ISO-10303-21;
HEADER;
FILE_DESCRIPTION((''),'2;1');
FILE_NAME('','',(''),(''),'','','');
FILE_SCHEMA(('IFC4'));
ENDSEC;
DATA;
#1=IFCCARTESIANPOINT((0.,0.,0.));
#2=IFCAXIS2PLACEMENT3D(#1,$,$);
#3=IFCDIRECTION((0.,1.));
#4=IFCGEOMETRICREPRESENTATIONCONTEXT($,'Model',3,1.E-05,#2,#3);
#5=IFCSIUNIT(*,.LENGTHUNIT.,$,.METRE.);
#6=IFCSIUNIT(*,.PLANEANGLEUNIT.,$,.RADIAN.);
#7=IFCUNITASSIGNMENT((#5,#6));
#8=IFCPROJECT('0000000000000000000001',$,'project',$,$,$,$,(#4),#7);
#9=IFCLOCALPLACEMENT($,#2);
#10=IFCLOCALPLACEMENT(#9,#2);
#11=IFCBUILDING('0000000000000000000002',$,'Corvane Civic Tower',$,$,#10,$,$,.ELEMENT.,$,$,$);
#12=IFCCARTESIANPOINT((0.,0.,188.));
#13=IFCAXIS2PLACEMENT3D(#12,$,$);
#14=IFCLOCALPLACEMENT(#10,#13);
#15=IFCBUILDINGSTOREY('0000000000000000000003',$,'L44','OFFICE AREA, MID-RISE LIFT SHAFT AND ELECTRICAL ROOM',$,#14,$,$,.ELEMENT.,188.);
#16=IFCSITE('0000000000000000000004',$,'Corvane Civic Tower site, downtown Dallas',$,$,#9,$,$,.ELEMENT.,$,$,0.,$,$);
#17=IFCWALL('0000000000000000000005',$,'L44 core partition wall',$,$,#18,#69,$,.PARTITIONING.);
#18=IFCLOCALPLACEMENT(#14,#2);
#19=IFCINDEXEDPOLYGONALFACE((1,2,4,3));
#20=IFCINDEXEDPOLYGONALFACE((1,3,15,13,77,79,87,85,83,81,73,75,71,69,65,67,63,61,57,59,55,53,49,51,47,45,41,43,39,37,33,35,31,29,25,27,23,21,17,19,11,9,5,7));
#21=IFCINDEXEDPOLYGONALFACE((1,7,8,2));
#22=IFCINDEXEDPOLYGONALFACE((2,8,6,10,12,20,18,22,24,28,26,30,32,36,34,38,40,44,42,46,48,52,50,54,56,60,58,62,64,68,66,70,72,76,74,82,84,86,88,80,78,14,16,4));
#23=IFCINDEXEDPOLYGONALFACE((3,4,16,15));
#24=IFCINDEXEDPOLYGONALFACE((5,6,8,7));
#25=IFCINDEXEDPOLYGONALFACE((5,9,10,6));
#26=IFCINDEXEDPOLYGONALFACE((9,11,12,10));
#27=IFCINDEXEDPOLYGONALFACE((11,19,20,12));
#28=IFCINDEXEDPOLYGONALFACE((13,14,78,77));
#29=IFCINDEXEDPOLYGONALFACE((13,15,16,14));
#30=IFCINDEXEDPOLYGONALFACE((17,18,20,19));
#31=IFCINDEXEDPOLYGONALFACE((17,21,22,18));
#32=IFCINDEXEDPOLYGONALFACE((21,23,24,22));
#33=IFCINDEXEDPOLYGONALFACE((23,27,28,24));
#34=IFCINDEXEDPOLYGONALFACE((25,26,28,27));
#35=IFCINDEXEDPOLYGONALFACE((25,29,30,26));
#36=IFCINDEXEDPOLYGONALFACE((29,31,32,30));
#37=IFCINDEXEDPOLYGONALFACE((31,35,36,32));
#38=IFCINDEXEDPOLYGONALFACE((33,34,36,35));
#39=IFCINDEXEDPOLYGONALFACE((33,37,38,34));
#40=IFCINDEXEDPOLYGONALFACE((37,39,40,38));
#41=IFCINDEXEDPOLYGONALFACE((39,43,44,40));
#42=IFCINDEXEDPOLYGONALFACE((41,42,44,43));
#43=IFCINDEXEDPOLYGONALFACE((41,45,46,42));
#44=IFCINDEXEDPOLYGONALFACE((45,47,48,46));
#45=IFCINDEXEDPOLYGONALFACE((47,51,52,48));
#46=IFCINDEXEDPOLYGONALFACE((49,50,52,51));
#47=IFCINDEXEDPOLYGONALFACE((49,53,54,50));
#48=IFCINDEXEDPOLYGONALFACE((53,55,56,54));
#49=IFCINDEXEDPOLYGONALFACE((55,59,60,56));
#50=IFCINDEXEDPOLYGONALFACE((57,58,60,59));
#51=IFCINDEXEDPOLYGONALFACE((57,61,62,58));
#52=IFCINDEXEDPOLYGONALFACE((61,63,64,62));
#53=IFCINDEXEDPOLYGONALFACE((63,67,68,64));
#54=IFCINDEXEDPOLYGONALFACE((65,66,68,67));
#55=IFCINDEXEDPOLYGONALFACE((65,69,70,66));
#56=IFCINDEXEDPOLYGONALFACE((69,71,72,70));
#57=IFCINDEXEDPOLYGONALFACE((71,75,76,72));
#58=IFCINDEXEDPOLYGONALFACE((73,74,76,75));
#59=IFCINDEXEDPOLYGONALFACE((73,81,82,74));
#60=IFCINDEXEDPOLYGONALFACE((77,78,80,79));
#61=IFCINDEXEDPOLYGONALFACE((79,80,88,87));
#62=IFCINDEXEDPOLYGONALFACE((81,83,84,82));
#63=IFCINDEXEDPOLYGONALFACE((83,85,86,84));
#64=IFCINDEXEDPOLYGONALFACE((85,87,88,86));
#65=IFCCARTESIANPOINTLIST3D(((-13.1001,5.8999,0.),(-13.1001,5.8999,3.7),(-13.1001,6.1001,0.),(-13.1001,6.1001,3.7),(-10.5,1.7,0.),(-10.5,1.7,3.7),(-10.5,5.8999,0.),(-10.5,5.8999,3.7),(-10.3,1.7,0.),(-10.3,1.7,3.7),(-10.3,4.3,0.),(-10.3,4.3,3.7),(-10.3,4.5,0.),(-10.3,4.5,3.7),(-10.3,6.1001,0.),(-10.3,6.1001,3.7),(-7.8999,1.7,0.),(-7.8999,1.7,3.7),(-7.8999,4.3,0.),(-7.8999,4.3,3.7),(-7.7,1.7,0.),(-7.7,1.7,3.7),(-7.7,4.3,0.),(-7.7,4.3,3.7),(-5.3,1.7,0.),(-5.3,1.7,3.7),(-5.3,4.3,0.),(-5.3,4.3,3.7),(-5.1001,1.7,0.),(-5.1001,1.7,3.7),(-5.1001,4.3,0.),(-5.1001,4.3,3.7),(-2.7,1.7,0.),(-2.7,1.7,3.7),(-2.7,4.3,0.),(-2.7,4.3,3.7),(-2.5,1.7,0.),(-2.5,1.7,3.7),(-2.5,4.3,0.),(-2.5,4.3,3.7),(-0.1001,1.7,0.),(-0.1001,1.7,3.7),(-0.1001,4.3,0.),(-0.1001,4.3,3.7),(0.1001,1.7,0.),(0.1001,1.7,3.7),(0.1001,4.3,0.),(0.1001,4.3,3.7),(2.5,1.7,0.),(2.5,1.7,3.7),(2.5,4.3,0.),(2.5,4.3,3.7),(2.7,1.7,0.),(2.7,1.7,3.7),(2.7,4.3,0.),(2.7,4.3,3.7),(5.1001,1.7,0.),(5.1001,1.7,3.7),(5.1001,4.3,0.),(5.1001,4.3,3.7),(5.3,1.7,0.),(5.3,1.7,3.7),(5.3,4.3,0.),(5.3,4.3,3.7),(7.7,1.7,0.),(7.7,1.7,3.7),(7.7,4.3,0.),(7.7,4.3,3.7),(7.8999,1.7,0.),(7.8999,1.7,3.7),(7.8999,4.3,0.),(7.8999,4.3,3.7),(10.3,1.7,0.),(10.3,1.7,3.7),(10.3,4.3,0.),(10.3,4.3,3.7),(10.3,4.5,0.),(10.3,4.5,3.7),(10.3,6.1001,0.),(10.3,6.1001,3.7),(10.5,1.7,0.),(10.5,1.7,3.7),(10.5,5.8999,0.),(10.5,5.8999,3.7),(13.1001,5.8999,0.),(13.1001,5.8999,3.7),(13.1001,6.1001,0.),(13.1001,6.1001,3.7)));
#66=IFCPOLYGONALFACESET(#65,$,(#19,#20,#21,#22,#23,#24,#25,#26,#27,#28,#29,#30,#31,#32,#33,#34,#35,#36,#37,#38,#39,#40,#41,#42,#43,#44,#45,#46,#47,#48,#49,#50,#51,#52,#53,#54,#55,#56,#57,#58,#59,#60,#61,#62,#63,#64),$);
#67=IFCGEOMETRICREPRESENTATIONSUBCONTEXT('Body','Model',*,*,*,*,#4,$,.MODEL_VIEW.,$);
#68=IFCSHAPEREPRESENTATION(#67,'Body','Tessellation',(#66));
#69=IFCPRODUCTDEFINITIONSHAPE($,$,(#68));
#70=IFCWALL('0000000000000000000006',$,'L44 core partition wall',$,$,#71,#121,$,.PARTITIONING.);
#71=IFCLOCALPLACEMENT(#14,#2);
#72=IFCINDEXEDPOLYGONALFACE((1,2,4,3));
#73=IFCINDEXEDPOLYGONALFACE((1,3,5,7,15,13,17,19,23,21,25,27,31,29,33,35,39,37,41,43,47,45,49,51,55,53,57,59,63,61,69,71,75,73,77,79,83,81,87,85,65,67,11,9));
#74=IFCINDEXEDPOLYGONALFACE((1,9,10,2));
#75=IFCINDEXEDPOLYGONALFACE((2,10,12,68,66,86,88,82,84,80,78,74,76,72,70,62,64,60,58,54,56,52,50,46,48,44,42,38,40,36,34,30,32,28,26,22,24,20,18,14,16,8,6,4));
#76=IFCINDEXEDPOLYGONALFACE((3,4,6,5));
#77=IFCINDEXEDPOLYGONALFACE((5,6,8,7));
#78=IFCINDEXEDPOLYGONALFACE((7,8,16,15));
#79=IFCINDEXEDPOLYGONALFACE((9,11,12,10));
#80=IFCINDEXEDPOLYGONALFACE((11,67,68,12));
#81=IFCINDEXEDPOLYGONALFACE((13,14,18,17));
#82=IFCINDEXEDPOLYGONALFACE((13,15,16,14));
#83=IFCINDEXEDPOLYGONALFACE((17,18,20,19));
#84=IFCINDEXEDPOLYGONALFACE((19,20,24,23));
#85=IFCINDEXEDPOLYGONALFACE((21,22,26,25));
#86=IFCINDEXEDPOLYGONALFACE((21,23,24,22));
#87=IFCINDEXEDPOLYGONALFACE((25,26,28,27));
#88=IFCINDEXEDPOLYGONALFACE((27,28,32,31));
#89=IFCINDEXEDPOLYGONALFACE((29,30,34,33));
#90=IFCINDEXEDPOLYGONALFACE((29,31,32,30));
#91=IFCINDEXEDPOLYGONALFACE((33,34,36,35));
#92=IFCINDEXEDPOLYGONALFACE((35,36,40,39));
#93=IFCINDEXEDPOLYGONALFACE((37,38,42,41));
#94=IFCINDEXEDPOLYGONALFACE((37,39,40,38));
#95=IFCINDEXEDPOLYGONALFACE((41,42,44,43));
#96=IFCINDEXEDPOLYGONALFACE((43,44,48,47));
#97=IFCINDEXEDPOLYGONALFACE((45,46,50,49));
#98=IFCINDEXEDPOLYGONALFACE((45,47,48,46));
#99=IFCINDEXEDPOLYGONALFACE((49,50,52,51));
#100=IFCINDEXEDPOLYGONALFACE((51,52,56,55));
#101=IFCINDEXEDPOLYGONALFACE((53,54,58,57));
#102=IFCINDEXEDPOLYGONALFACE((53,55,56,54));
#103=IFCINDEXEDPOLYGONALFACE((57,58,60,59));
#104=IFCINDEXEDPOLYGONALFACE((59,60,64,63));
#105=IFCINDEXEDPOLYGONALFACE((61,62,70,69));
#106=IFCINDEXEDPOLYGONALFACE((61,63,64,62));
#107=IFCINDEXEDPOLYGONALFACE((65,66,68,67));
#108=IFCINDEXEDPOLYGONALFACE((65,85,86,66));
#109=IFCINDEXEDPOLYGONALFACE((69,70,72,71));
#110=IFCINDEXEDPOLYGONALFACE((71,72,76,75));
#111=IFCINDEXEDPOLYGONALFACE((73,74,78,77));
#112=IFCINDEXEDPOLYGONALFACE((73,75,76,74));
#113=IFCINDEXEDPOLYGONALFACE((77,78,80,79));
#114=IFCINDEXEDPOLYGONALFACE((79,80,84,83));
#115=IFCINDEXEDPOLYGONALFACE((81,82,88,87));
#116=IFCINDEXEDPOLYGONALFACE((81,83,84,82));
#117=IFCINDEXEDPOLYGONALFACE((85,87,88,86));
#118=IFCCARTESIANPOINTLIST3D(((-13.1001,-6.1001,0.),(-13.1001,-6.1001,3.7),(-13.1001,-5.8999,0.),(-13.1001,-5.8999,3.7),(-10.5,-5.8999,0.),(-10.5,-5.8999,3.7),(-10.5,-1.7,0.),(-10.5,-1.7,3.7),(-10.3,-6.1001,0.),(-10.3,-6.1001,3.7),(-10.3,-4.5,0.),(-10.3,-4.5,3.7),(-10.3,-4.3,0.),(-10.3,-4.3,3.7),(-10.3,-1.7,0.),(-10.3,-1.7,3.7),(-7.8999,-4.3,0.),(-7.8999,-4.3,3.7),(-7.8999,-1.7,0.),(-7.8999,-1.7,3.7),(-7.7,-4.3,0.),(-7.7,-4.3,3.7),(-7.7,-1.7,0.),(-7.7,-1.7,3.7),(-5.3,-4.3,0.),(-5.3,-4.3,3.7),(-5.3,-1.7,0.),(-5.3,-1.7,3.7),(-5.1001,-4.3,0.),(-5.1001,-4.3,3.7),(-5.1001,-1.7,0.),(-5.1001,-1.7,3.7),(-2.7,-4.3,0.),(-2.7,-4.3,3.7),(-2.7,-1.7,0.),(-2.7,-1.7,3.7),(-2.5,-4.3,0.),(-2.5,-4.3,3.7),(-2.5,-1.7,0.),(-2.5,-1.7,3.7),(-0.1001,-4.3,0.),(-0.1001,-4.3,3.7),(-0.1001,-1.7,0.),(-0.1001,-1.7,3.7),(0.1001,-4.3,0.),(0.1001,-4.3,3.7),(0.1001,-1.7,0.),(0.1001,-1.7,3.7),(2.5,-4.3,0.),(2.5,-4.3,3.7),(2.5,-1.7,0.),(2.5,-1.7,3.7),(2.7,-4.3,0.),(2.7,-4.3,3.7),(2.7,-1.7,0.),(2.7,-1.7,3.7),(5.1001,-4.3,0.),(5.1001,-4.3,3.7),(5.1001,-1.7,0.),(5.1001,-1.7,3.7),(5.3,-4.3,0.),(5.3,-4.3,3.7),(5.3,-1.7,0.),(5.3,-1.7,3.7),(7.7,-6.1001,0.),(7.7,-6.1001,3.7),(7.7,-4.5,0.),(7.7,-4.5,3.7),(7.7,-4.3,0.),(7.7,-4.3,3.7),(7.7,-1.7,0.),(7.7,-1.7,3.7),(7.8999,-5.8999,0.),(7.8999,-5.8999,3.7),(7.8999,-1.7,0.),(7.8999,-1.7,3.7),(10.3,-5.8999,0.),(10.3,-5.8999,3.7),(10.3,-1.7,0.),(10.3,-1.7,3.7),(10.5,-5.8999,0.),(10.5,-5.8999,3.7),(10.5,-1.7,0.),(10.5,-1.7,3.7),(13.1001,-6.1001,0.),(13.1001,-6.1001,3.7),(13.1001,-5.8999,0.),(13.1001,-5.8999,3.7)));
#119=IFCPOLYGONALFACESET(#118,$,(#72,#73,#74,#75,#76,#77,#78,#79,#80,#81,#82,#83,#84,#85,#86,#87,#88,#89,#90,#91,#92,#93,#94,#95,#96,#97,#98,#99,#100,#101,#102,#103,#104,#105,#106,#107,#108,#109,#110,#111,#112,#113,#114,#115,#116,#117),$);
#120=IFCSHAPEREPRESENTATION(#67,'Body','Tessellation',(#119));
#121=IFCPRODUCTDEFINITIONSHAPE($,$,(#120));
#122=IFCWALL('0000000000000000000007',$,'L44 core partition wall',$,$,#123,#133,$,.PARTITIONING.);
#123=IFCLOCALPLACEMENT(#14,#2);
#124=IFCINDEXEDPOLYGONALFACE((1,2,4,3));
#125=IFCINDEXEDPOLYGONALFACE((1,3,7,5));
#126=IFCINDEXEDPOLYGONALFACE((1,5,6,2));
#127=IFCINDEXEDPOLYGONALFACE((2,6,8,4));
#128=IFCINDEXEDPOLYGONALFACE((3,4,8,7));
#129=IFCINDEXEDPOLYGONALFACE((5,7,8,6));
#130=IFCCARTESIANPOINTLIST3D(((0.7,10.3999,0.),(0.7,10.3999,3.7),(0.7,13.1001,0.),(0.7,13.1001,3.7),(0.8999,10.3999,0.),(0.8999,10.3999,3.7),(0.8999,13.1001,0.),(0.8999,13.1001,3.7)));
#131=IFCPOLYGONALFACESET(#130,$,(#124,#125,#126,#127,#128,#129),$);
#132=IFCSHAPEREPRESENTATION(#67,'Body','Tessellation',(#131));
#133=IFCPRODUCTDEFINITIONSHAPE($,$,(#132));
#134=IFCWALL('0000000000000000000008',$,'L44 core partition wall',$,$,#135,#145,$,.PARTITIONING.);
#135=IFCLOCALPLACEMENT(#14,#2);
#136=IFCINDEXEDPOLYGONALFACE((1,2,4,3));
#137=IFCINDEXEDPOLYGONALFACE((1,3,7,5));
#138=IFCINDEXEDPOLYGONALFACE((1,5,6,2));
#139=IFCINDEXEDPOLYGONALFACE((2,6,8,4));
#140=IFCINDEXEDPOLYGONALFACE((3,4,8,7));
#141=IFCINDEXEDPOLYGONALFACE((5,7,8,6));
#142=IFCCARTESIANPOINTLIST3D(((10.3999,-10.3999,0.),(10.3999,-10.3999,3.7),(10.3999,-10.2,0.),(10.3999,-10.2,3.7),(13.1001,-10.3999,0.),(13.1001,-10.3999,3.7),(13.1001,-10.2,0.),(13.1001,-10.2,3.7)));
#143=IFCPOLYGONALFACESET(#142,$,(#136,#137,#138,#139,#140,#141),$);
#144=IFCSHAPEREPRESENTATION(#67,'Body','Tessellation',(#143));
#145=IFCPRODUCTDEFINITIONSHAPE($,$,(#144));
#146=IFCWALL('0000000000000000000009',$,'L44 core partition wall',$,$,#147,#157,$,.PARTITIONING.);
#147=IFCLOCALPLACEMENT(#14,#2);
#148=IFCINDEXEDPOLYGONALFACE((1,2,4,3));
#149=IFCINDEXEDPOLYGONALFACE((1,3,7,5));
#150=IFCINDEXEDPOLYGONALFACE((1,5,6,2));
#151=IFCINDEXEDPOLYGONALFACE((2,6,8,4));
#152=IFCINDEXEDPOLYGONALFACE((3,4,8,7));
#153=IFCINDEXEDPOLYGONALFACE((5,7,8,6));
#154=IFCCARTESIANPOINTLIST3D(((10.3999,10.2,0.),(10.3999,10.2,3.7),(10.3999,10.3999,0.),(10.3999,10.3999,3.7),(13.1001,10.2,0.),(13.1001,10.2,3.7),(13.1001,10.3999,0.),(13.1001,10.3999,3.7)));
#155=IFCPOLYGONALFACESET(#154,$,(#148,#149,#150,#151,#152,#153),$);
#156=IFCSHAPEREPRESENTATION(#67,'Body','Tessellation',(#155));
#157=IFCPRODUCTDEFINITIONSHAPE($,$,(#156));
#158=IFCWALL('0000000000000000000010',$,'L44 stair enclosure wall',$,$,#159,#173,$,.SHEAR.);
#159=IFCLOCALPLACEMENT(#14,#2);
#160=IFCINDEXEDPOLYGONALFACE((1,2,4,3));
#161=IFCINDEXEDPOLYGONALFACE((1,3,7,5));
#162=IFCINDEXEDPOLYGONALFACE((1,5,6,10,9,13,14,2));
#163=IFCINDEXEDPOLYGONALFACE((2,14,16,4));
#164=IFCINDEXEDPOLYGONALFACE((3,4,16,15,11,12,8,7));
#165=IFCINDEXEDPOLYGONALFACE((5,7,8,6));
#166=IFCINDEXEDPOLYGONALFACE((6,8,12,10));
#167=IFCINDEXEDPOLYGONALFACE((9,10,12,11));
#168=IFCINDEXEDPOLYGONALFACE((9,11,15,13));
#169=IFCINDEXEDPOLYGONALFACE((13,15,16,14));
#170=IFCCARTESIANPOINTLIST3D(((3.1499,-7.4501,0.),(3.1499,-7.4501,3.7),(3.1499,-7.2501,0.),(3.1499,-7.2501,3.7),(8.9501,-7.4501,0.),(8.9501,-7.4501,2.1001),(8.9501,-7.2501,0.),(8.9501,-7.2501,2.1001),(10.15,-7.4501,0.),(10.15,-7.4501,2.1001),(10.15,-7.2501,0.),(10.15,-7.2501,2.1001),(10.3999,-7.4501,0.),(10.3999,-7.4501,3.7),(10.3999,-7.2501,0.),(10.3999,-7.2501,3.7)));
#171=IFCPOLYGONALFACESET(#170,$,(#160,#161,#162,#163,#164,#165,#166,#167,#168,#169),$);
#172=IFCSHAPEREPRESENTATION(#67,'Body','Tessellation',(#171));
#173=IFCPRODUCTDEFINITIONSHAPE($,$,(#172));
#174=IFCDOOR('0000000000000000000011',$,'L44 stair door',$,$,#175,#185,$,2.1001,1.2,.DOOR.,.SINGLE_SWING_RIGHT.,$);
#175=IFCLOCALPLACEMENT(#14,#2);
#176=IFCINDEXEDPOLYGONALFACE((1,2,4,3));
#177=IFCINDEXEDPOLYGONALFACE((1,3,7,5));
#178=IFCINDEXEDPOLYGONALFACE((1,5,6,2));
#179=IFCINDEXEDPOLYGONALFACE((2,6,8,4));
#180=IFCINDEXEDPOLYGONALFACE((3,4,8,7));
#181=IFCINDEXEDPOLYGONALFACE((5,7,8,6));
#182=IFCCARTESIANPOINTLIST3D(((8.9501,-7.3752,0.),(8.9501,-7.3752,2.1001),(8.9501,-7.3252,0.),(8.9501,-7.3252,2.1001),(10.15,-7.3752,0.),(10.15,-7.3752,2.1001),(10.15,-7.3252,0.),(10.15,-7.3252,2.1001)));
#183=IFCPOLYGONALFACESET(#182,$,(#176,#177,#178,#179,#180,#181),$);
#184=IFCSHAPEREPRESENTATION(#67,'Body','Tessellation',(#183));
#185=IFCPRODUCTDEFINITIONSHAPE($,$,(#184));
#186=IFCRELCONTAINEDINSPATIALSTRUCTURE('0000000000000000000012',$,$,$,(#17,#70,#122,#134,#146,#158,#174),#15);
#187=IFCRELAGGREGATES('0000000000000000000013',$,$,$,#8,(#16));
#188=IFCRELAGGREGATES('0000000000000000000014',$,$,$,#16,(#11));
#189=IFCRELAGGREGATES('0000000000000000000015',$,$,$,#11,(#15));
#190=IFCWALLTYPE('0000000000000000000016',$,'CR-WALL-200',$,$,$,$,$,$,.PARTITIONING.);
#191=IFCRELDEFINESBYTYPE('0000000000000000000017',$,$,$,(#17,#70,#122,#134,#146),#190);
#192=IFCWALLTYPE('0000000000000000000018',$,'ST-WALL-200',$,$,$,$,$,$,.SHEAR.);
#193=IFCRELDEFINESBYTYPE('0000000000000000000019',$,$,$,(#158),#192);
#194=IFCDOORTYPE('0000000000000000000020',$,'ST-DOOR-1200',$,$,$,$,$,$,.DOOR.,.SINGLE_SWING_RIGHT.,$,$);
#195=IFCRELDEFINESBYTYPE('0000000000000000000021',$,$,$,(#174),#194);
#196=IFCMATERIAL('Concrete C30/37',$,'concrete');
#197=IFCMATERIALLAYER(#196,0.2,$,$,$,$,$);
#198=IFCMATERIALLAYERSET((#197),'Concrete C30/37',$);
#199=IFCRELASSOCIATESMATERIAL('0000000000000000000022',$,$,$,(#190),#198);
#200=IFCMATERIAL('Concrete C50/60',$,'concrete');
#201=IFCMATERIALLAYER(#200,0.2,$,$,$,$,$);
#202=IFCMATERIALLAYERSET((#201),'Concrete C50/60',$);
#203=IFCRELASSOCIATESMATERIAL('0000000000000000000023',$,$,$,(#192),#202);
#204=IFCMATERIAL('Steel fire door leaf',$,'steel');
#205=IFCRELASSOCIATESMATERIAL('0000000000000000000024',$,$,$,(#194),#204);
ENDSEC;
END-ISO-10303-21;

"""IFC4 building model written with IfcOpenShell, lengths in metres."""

from ifc_helpers import new_model, si_unit, direction, frame, frame_2d, origin, place, context, subcontext, project, spatial, polyline, rectangle, outline, extrude, material, layer, layer_set, type_object, element, fill, save


model = new_model("IFC4")

# Units and contexts
model_context = context("Model", 3, precision=1e-05, world=origin(), true_north=direction((0.0, 1.0)))
body_context = subcontext(model_context, "Body", "Model", "MODEL_VIEW")
ifc_project = project(units=[si_unit("LENGTHUNIT", "METRE"), si_unit("PLANEANGLEUNIT", "RADIAN")], contexts=[model_context])

# Site, building, storey
site_placement = place(None, origin())
site = spatial("IfcSite", under=ifc_project, at=site_placement, Name="Corvane Civic Tower site, downtown Dallas", CompositionType="ELEMENT", RefElevation=0.0)
building_placement = place(site_placement, origin())
building = spatial("IfcBuilding", under=site, at=building_placement, Name="Corvane Civic Tower", CompositionType="ELEMENT")
storey_placement = place(building_placement, frame((0.0, 0.0, 188.0)))
storey = spatial("IfcBuildingStorey", under=building, at=storey_placement, Name="L44", Description="OFFICE AREA, MID-RISE LIFT SHAFT AND ELECTRICAL ROOM", CompositionType="ELEMENT", Elevation=188.0)

# Shared definitions
ifc_material_1 = material(Name="Concrete C30/37", Category="concrete")
ifc_layer_1 = layer(ifc_material_1, 0.2)
ifc_layer_set_1 = layer_set([ifc_layer_1], Name="Concrete C30/37")
wall_type_1 = type_object("IfcWallType", Name="CR-WALL-200", PredefinedType="PARTITIONING", material=ifc_layer_set_1)

# Walls
wall_1_placement = place(storey_placement, origin())
element("IfcWall", 1, at=wall_1_placement, inside=storey, type_object=wall_type_1, Name="L44 core partition wall", PredefinedType="PARTITIONING", context=body_context, shape_type="SweptSolid", body=[
    extrude(outline(polyline([(-7.7, 1.7), (-7.8999, 1.7), (-7.8999, 4.3), (-10.3, 4.3), (-10.3, 1.7), (-10.5, 1.7), (-10.5, 5.8999), (-13.1001, 5.8999), (-13.1001, 6.1001), (-10.3, 6.1001), (-10.3, 4.5), (10.3, 4.5), (10.3, 6.1001), (13.1001, 6.1001), (13.1001, 5.8999), (10.5, 5.8999), (10.5, 1.7), (10.3, 1.7), (10.3, 4.3), (7.8999, 4.3), (7.8999, 1.7), (7.7, 1.7), (7.7, 4.3), (5.3, 4.3), (5.3, 1.7), (5.1001, 1.7), (5.1001, 4.3), (2.7, 4.3), (2.7, 1.7), (2.5, 1.7), (2.5, 4.3), (0.1001, 4.3), (0.1001, 1.7), (-0.1001, 1.7), (-0.1001, 4.3), (-2.5, 4.3), (-2.5, 1.7), (-2.7, 1.7), (-2.7, 4.3), (-5.1001, 4.3), (-5.1001, 1.7), (-5.3, 1.7), (-5.3, 4.3), (-7.7, 4.3), (-7.7, 1.7)])), origin(), (0.0, 0.0, 1.0), 3.7),
])
wall_2_placement = place(storey_placement, origin())
element("IfcWall", 2, at=wall_2_placement, inside=storey, type_object=wall_type_1, Name="L44 core partition wall", PredefinedType="PARTITIONING", context=body_context, shape_type="SweptSolid", body=[
    extrude(outline(polyline([(-10.5, -1.7), (-10.3, -1.7), (-10.3, -4.3), (-7.8999, -4.3), (-7.8999, -1.7), (-7.7, -1.7), (-7.7, -4.3), (-5.3, -4.3), (-5.3, -1.7), (-5.1001, -1.7), (-5.1001, -4.3), (-2.7, -4.3), (-2.7, -1.7), (-2.5, -1.7), (-2.5, -4.3), (-0.1001, -4.3), (-0.1001, -1.7), (0.1001, -1.7), (0.1001, -4.3), (2.5, -4.3), (2.5, -1.7), (2.7, -1.7), (2.7, -4.3), (5.1001, -4.3), (5.1001, -1.7), (5.3, -1.7), (5.3, -4.3), (7.7, -4.3), (7.7, -1.7), (7.8999, -1.7), (7.8999, -5.8999), (10.3, -5.8999), (10.3, -1.7), (10.5, -1.7), (10.5, -5.8999), (13.1001, -5.8999), (13.1001, -6.1001), (7.7, -6.1001), (7.7, -4.5), (-10.3, -4.5), (-10.3, -6.1001), (-13.1001, -6.1001), (-13.1001, -5.8999), (-10.5, -5.8999), (-10.5, -1.7)])), origin(), (0.0, 0.0, 1.0), 3.7),
])
wall_3_placement = place(storey_placement, origin())
element("IfcWall", 3, at=wall_3_placement, inside=storey, type_object=wall_type_1, Name="L44 core partition wall", PredefinedType="PARTITIONING", context=body_context, shape_type="SweptSolid", body=[
    extrude(outline(polyline([(0.8999, 10.3999), (0.7, 10.3999), (0.7, 13.1001), (0.8999, 13.1001), (0.8999, 10.3999)])), origin(), (0.0, 0.0, 1.0), 3.7),
])
wall_4_placement = place(storey_placement, origin())
element("IfcWall", 4, at=wall_4_placement, inside=storey, type_object=wall_type_1, Name="L44 core partition wall", PredefinedType="PARTITIONING", context=body_context, shape_type="SweptSolid", body=[
    extrude(outline(polyline([(10.3999, -10.3999), (10.3999, -10.2), (13.1001, -10.2), (13.1001, -10.3999), (10.3999, -10.3999)])), origin(), (0.0, 0.0, 1.0), 3.7),
])
wall_5_placement = place(storey_placement, origin())
element("IfcWall", 5, at=wall_5_placement, inside=storey, type_object=wall_type_1, Name="L44 core partition wall", PredefinedType="PARTITIONING", context=body_context, shape_type="SweptSolid", body=[
    extrude(outline(polyline([(10.3999, 10.2), (10.3999, 10.3999), (13.1001, 10.3999), (13.1001, 10.2), (10.3999, 10.2)])), origin(), (0.0, 0.0, 1.0), 3.7),
])

# Wall, opening, door
ifc_material_2 = material(Name="Concrete C50/60", Category="concrete")
ifc_layer_2 = layer(ifc_material_2, 0.2)
ifc_layer_set_2 = layer_set([ifc_layer_2], Name="Concrete C50/60")
wall_type_2 = type_object("IfcWallType", Name="ST-WALL-200", PredefinedType="SHEAR", material=ifc_layer_set_2)
wall_6_placement = place(storey_placement, frame((3.1499, -7.3501, 0.0), z_axis=(0.0, 0.0, 1.0), x_axis=(1.0, 0.0, 0.0)))
wall_6 = element("IfcWall", 6, at=wall_6_placement, inside=storey, type_object=wall_type_2, Name="L44 stair enclosure wall", PredefinedType="SHEAR", context=body_context, shape_type="SweptSolid", body=[
    extrude(rectangle(XDim=7.25, YDim=0.2, at=frame_2d((3.625, 0.0))), origin(), (0.0, 0.0, 1.0), 3.7),
])
opening_1_placement = place(wall_6_placement, frame((5.8, 0.0, 0.0)))
opening_1 = element("IfcOpeningElement", 7, at=opening_1_placement, cuts=wall_6, PredefinedType="OPENING", context=body_context, shape_type="SweptSolid", body=[
    extrude(rectangle(XDim=1.2, YDim=2.1001, at=frame_2d((0.6001, 1.05))), frame((0.0, 0.1099, 0.0), z_axis=(0.0, -1.0, 0.0), x_axis=(1.0, 0.0, 0.0)), (0.0, 0.0, 1.0), 0.22),
])
ifc_material_3 = material(Name="Steel fire door leaf", Category="steel")
door_type_1 = type_object("IfcDoorType", Name="ST-DOOR-1200", OperationType="SINGLE_SWING_RIGHT", PredefinedType="DOOR", material=ifc_material_3)
door_1_placement = place(opening_1_placement, origin())
door_1 = element("IfcDoor", 8, at=door_1_placement, inside=storey, type_object=door_type_1, Name="L44 stair door", OperationType="SINGLE_SWING_RIGHT", OverallHeight=2.1001, OverallWidth=1.2, PredefinedType="DOOR", context=body_context, shape_type="SweptSolid", body=[
    extrude(rectangle(XDim=1.2, YDim=2.1001, at=frame_2d((0.6001, 1.05))), frame((0.0, 0.0249, 0.0), z_axis=(0.0, -1.0, 0.0), x_axis=(1.0, 0.0, 0.0)), (0.0, 0.0, 1.0), 0.05),
])
fill(opening_1, door_1)

save(model, "model.ifc")
